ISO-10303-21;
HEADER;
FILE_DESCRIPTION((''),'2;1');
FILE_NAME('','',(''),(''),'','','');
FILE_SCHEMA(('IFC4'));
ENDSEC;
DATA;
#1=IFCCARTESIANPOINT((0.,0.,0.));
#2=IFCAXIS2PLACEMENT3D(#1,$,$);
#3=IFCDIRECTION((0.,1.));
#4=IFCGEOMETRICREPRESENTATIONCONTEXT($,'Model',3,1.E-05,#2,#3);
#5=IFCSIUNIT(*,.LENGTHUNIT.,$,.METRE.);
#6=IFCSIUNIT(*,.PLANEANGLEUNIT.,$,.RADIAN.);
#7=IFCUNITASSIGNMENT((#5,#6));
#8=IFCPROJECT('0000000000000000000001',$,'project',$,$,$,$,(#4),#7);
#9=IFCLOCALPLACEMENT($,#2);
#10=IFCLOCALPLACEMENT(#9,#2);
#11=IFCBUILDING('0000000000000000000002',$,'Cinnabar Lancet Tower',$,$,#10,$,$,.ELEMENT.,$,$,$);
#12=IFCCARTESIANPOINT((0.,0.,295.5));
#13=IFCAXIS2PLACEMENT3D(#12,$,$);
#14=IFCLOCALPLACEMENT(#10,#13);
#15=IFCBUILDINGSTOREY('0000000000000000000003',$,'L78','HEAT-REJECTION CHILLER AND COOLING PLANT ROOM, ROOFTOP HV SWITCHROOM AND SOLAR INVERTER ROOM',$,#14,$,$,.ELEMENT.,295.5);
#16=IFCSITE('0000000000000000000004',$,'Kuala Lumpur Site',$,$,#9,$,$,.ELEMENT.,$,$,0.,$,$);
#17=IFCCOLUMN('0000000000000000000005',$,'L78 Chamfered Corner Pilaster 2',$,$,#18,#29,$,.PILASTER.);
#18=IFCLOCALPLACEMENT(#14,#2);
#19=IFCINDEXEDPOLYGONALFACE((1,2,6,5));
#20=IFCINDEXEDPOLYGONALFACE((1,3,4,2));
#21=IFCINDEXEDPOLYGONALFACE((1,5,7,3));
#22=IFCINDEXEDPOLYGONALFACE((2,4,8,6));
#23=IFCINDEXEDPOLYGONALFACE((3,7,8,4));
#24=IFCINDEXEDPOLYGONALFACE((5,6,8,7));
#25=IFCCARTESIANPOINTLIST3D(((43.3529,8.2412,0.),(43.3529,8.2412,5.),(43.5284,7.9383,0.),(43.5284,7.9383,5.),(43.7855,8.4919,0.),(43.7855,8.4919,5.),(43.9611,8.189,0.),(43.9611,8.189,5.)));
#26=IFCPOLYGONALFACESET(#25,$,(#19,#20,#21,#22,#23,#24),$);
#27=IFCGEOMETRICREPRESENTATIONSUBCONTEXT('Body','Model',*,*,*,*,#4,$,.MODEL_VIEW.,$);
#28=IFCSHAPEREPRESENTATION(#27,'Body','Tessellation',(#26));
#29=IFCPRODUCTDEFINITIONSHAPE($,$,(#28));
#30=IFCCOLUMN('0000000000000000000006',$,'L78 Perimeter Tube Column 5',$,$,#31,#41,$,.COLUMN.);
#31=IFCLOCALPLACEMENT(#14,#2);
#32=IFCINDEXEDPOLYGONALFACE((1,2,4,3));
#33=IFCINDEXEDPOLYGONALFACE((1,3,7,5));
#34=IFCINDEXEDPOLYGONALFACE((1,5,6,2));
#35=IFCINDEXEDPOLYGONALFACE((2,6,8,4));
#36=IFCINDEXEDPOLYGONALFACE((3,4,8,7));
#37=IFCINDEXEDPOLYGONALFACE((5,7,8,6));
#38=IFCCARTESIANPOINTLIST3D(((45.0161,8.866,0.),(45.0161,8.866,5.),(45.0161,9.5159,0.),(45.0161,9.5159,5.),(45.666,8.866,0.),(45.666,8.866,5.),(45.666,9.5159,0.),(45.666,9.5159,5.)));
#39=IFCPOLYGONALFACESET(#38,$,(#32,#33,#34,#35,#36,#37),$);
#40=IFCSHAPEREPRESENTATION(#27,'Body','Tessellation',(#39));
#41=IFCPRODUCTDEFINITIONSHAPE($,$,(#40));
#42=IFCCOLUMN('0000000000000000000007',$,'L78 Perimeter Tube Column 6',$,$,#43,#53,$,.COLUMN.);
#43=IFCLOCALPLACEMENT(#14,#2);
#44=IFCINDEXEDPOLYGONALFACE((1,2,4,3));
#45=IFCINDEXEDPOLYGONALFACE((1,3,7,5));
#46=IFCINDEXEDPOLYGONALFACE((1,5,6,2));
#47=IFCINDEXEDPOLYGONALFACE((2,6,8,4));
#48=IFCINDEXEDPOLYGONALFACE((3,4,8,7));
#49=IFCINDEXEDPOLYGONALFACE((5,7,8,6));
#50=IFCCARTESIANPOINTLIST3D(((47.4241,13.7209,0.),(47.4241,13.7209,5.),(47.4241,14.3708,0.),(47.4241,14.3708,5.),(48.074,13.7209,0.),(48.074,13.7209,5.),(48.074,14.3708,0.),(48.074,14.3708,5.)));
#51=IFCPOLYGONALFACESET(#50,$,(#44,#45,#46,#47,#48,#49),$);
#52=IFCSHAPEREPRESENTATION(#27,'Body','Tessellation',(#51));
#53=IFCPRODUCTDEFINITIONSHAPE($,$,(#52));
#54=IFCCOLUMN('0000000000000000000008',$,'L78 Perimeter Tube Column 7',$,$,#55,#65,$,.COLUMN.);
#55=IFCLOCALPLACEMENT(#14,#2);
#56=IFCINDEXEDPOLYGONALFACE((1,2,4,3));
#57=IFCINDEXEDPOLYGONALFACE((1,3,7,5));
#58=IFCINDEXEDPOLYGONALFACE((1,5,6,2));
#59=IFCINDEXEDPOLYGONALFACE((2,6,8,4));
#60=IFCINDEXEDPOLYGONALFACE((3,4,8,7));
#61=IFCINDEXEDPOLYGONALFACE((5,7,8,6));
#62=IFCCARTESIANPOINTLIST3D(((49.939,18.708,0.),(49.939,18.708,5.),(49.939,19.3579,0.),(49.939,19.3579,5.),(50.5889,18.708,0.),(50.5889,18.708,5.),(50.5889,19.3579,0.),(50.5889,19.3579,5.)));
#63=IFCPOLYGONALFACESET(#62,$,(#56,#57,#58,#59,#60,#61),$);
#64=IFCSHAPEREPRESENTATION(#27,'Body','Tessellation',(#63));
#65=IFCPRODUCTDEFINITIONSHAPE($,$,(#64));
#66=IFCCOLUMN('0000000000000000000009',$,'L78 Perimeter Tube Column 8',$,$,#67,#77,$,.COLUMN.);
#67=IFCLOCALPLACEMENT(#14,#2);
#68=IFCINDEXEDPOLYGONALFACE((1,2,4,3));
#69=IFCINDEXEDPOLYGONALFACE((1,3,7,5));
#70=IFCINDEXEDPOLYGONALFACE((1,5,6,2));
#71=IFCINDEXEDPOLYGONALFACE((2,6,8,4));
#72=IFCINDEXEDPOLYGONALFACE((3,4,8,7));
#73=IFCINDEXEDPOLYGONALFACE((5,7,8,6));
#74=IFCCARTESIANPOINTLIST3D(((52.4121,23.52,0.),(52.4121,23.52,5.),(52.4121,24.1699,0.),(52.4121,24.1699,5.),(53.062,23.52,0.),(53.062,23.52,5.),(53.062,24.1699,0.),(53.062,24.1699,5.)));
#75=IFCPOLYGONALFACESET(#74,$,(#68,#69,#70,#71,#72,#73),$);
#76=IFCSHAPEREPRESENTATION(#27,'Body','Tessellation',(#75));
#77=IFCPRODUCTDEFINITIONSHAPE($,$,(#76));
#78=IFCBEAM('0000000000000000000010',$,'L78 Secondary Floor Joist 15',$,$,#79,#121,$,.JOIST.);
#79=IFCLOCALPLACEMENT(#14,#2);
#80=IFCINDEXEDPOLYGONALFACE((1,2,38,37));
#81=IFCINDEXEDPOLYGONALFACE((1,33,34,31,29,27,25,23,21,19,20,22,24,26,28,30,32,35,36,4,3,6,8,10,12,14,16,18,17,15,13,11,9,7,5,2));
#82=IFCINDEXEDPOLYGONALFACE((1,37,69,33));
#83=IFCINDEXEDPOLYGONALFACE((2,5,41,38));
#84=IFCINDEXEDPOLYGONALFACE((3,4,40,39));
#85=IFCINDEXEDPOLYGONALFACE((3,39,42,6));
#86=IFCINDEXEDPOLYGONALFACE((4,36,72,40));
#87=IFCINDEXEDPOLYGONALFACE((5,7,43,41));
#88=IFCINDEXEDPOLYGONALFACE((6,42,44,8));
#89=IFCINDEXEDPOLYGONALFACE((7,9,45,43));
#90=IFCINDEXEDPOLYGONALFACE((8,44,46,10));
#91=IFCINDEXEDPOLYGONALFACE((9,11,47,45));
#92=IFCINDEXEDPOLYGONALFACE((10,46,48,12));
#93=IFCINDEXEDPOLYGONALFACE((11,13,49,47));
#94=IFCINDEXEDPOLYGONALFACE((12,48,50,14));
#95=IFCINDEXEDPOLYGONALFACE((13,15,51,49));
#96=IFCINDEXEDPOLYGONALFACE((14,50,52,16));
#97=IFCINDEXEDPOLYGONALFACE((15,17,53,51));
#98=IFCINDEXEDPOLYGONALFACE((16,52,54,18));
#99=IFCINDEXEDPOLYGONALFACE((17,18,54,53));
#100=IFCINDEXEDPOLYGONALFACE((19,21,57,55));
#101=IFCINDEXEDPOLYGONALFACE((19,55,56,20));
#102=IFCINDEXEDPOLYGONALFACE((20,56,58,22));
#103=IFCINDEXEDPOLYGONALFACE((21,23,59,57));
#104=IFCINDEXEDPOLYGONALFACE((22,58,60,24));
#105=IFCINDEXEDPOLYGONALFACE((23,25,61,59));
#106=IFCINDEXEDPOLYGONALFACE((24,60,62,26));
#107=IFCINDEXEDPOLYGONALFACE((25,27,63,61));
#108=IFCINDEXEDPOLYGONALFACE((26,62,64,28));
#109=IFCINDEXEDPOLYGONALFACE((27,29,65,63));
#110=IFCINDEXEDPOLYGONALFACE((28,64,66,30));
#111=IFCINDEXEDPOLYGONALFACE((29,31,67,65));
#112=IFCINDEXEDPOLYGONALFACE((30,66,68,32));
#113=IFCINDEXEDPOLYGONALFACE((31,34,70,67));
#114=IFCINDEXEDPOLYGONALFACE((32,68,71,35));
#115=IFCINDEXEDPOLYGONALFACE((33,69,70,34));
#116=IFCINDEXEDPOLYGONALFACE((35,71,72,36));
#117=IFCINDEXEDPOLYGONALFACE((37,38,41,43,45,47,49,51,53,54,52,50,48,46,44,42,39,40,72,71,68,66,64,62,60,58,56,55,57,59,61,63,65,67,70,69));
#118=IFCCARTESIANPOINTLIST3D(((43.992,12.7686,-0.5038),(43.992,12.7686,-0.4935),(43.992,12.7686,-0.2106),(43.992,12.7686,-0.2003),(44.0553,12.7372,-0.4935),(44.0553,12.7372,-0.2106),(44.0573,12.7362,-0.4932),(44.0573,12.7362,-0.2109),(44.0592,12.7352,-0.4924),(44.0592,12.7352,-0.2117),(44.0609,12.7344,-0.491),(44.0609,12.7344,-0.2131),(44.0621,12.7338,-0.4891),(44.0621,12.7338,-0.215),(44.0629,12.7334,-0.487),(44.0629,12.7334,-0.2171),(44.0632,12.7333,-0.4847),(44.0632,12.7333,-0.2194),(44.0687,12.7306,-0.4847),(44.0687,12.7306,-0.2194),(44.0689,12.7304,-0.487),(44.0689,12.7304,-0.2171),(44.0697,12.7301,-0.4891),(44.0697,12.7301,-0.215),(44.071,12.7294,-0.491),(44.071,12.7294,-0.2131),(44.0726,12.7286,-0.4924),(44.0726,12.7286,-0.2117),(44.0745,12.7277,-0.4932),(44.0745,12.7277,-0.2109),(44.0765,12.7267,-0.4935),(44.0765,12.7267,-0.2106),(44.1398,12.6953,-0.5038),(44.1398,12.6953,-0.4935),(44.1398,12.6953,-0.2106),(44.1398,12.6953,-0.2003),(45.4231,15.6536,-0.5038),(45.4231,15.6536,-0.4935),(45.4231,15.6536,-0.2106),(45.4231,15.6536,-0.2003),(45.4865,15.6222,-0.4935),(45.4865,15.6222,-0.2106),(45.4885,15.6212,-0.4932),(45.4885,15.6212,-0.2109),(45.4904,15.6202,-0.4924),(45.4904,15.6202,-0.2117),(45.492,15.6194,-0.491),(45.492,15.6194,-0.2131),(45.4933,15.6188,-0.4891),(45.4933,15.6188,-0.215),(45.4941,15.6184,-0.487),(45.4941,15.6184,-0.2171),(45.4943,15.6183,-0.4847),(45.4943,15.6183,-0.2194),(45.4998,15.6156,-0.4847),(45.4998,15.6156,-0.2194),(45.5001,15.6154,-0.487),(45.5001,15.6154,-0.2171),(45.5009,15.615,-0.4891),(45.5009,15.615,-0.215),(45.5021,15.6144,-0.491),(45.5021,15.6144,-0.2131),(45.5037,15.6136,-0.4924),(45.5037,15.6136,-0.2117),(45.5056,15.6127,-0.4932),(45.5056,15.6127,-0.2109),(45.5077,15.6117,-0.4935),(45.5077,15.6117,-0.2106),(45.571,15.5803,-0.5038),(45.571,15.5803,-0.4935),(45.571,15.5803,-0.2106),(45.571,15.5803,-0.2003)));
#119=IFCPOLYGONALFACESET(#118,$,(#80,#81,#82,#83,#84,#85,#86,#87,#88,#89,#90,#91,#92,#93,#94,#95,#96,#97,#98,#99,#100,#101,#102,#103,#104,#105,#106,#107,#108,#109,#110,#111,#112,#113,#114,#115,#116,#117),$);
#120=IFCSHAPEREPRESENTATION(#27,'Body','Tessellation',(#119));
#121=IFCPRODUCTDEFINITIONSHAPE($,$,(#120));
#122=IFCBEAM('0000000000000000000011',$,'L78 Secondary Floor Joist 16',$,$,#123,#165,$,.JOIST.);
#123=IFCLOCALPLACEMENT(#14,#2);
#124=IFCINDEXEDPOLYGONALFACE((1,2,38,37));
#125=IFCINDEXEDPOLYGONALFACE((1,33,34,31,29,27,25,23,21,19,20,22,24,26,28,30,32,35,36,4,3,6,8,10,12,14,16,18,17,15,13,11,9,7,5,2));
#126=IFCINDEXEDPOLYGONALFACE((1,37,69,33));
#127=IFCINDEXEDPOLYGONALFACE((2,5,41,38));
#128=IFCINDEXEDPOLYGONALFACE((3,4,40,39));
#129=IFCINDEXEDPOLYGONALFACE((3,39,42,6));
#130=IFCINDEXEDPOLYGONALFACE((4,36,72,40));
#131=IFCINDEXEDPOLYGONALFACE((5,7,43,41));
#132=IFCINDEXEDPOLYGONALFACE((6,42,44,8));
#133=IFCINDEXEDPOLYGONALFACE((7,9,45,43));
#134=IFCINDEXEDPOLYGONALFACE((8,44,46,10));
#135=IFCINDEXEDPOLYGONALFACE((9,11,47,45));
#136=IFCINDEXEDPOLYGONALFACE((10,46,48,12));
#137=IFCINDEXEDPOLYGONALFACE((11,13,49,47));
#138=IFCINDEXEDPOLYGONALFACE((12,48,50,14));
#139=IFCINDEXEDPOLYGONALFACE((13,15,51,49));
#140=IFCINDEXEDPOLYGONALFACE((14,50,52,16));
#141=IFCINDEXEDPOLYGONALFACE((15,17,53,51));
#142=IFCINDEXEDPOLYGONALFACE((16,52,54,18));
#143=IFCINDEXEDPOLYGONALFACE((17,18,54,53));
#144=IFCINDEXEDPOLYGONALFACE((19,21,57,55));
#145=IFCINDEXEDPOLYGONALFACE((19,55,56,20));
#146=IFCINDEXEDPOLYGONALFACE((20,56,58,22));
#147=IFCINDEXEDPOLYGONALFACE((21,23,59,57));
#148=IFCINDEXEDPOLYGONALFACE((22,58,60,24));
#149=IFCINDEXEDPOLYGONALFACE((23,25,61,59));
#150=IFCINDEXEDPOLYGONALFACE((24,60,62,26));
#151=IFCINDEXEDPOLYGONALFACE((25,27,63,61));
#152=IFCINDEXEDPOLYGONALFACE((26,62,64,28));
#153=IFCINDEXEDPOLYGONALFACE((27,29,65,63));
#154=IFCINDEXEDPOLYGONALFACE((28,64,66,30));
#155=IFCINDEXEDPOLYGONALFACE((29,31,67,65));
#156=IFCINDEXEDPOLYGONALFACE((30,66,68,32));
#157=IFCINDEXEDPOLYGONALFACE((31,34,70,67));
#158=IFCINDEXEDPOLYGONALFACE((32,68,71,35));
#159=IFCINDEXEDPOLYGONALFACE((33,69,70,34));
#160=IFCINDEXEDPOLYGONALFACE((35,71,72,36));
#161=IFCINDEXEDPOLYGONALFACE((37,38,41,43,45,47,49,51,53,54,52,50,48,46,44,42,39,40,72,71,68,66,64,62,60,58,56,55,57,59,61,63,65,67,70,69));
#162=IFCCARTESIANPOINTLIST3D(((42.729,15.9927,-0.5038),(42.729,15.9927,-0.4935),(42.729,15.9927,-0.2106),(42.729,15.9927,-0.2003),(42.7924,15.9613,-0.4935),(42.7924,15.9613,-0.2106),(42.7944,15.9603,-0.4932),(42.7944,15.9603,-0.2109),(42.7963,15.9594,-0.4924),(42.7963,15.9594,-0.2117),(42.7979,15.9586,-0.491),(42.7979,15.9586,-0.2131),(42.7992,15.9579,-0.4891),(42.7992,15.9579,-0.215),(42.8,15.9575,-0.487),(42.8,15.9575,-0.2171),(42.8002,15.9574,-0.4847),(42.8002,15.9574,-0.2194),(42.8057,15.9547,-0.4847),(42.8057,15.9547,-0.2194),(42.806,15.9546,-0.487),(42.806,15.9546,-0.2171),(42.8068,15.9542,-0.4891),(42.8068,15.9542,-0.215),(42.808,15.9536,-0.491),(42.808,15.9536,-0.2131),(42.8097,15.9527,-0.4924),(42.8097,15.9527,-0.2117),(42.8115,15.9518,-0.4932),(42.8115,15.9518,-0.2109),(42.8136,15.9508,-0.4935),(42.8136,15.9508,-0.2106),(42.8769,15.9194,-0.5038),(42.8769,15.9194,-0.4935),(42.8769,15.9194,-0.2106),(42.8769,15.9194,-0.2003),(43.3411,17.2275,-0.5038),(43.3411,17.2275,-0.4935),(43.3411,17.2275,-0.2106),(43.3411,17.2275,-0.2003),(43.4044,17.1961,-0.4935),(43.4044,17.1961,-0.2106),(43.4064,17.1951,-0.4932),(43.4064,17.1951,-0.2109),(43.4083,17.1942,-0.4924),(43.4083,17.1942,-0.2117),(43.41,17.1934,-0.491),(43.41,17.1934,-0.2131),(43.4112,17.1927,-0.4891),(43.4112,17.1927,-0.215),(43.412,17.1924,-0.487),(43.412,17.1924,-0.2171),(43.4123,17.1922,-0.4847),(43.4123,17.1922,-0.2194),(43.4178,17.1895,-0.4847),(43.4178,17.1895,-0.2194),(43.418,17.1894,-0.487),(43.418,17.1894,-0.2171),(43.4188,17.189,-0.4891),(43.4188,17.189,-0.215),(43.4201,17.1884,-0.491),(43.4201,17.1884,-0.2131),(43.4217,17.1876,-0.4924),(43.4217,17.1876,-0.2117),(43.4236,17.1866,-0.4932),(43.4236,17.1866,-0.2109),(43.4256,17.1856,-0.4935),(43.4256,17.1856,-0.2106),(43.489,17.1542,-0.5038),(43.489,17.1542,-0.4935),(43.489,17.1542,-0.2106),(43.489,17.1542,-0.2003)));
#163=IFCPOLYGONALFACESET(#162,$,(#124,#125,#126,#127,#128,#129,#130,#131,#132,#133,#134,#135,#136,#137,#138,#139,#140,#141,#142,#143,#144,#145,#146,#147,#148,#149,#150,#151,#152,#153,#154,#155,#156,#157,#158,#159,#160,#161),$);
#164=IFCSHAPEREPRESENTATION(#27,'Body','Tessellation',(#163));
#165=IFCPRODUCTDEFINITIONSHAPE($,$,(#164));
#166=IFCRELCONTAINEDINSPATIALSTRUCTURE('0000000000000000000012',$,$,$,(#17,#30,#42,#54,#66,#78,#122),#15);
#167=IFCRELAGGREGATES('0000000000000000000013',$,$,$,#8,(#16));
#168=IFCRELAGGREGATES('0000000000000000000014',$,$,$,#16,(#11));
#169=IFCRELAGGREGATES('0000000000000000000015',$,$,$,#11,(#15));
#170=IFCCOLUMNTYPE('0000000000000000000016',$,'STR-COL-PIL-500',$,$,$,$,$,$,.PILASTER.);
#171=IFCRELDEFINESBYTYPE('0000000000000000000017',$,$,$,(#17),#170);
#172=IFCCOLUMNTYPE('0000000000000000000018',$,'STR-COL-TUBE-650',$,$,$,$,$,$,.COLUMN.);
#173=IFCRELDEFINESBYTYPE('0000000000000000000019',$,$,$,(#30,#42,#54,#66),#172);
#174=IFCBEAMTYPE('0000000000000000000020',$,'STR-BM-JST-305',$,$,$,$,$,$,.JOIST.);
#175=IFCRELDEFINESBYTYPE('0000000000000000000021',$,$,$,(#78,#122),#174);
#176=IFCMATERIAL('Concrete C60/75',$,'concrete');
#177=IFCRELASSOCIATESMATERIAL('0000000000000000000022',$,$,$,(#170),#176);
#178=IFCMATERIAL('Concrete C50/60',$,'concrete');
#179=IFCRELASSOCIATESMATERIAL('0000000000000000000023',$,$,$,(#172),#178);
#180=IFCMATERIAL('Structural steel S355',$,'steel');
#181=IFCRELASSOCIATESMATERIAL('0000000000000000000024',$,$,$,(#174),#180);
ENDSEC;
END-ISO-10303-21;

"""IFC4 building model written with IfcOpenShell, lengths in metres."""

from ifc_helpers import new_model, si_unit, direction, frame, origin, origin_2d, place, context, subcontext, project, spatial, rectangle, i_section, extrude, material, material_profile, profile_set, type_object, element, save


model = new_model("IFC4")

# Units and contexts
model_context = context("Model", 3, precision=1e-05, world=origin(), true_north=direction((0.0, 1.0)))
body_context = subcontext(model_context, "Body", "Model", "MODEL_VIEW")
ifc_project = project(units=[si_unit("LENGTHUNIT", "METRE"), si_unit("PLANEANGLEUNIT", "RADIAN")], contexts=[model_context])

# Site, building, storey
site_placement = place(None, origin())
site = spatial("IfcSite", under=ifc_project, at=site_placement, Name="Kuala Lumpur Site", CompositionType="ELEMENT", RefElevation=0.0)
building_placement = place(site_placement, origin())
building = spatial("IfcBuilding", under=site, at=building_placement, Name="Cinnabar Lancet Tower", CompositionType="ELEMENT")
storey_placement = place(building_placement, frame((0.0, 0.0, 295.5)))
storey = spatial("IfcBuildingStorey", under=building, at=storey_placement, Name="L78", Description="HEAT-REJECTION CHILLER AND COOLING PLANT ROOM, ROOFTOP HV SWITCHROOM AND SOLAR INVERTER ROOM", CompositionType="ELEMENT", Elevation=295.5)

# Columns
ifc_material_1 = material(Name="Concrete C60/75", Category="concrete")
ifc_material_profile_1 = material_profile(ifc_material_1, rectangle(XDim=0.5, YDim=0.3501, at=origin_2d()), Name="RC-PIL 500x350")
ifc_profile_set_1 = profile_set([ifc_material_profile_1], Name="Concrete C60/75")
column_type_1 = type_object("IfcColumnType", Name="STR-COL-PIL-500", PredefinedType="PILASTER", material=ifc_profile_set_1)
column_placement = place(storey_placement, frame((43.657, 8.2151, 0.0), z_axis=(0.0, 0.0, 1.0), x_axis=(0.865256, 0.50133, 0.0)))
element("IfcColumn", 1, at=column_placement, inside=storey, type_object=column_type_1, Name="L78 Chamfered Corner Pilaster 2", PredefinedType="PILASTER", context=body_context, shape_type="SweptSolid", body=[
    extrude(rectangle(XDim=0.5, YDim=0.3501, at=origin_2d()), origin(), (0.0, 0.0, 1.0), 5.0),
])
ifc_material_2 = material(Name="Concrete C50/60", Category="concrete")
ifc_material_profile_2 = material_profile(ifc_material_2, rectangle(XDim=0.6499, YDim=0.6499, at=origin_2d()), Name="RC-COL 650x650")
ifc_profile_set_2 = profile_set([ifc_material_profile_2], Name="Concrete C50/60")
column_type_2 = type_object("IfcColumnType", Name="STR-COL-TUBE-650", PredefinedType="COLUMN", material=ifc_profile_set_2)
for number, where, z_axis, x_axis, name in (
    (2, (45.3411, 9.1909, 0.0), (0.0, 0.0, 1.0), (1.0, 0.0, 0.0), "L78 Perimeter Tube Column 5"),
    (3, (47.749, 14.0459, 0.0), (0.0, 0.0, 1.0), (1.0, 0.0, 0.0), "L78 Perimeter Tube Column 6"),
    (4, (50.2639, 19.033, 0.0), (0.0, 0.0, 1.0), (1.0, 0.0, 0.0), "L78 Perimeter Tube Column 7"),
    (5, (52.7371, 23.845, 0.0), (0.0, 0.0, 1.0), (1.0, 0.0, 0.0), "L78 Perimeter Tube Column 8"),
):
    element("IfcColumn", number, at=place(storey_placement, frame(where, z_axis=z_axis, x_axis=x_axis)), inside=storey, type_object=column_type_2, Name=name, PredefinedType="COLUMN", context=body_context, shape_type="SweptSolid", body=[
        extrude(rectangle(XDim=0.6499, YDim=0.6499, at=origin_2d()), origin(), (0.0, 0.0, 1.0), 5.0),
    ])

# Beams
ifc_material_3 = material(Name="Structural steel S355", Category="steel")
ifc_material_profile_3 = material_profile(ifc_material_3, i_section(OverallWidth=0.165, OverallDepth=0.3035, WebThickness=0.0061, FlangeThickness=0.0103, FilletRadius=0.0088, at=origin_2d()), Name="UKB 305x165x40")
ifc_profile_set_3 = profile_set([ifc_material_profile_3], Name="Structural steel S355")
beam_type_1 = type_object("IfcBeamType", Name="STR-BM-JST-305", PredefinedType="JOIST", material=ifc_profile_set_3)
beam_1_placement = place(storey_placement, frame((44.0659, 12.7319, -0.3521), z_axis=(0.444391, 0.895833, 0.0), x_axis=(-0.895833, 0.444391, 0.0)))
element("IfcBeam", 6, at=beam_1_placement, inside=storey, type_object=beam_type_1, Name="L78 Secondary Floor Joist 15", PredefinedType="JOIST", context=body_context, shape_type="SweptSolid", body=[
    extrude(i_section(OverallWidth=0.165, OverallDepth=0.3035, WebThickness=0.0061, FlangeThickness=0.0103, FilletRadius=0.0088, at=origin_2d()), origin(), (0.0, 0.0, 1.0), 3.2205),
])
beam_2_placement = place(storey_placement, frame((42.803, 15.9561, -0.3521), z_axis=(0.444093, 0.895981, 0.0), x_axis=(-0.895981, 0.444093, 0.0)))
element("IfcBeam", 7, at=beam_2_placement, inside=storey, type_object=beam_type_1, Name="L78 Secondary Floor Joist 16", PredefinedType="JOIST", context=body_context, shape_type="SweptSolid", body=[
    extrude(i_section(OverallWidth=0.165, OverallDepth=0.3035, WebThickness=0.0061, FlangeThickness=0.0103, FilletRadius=0.0088, at=origin_2d()), origin(), (0.0, 0.0, 1.0), 1.3782),
])

save(model, "model.ifc")
